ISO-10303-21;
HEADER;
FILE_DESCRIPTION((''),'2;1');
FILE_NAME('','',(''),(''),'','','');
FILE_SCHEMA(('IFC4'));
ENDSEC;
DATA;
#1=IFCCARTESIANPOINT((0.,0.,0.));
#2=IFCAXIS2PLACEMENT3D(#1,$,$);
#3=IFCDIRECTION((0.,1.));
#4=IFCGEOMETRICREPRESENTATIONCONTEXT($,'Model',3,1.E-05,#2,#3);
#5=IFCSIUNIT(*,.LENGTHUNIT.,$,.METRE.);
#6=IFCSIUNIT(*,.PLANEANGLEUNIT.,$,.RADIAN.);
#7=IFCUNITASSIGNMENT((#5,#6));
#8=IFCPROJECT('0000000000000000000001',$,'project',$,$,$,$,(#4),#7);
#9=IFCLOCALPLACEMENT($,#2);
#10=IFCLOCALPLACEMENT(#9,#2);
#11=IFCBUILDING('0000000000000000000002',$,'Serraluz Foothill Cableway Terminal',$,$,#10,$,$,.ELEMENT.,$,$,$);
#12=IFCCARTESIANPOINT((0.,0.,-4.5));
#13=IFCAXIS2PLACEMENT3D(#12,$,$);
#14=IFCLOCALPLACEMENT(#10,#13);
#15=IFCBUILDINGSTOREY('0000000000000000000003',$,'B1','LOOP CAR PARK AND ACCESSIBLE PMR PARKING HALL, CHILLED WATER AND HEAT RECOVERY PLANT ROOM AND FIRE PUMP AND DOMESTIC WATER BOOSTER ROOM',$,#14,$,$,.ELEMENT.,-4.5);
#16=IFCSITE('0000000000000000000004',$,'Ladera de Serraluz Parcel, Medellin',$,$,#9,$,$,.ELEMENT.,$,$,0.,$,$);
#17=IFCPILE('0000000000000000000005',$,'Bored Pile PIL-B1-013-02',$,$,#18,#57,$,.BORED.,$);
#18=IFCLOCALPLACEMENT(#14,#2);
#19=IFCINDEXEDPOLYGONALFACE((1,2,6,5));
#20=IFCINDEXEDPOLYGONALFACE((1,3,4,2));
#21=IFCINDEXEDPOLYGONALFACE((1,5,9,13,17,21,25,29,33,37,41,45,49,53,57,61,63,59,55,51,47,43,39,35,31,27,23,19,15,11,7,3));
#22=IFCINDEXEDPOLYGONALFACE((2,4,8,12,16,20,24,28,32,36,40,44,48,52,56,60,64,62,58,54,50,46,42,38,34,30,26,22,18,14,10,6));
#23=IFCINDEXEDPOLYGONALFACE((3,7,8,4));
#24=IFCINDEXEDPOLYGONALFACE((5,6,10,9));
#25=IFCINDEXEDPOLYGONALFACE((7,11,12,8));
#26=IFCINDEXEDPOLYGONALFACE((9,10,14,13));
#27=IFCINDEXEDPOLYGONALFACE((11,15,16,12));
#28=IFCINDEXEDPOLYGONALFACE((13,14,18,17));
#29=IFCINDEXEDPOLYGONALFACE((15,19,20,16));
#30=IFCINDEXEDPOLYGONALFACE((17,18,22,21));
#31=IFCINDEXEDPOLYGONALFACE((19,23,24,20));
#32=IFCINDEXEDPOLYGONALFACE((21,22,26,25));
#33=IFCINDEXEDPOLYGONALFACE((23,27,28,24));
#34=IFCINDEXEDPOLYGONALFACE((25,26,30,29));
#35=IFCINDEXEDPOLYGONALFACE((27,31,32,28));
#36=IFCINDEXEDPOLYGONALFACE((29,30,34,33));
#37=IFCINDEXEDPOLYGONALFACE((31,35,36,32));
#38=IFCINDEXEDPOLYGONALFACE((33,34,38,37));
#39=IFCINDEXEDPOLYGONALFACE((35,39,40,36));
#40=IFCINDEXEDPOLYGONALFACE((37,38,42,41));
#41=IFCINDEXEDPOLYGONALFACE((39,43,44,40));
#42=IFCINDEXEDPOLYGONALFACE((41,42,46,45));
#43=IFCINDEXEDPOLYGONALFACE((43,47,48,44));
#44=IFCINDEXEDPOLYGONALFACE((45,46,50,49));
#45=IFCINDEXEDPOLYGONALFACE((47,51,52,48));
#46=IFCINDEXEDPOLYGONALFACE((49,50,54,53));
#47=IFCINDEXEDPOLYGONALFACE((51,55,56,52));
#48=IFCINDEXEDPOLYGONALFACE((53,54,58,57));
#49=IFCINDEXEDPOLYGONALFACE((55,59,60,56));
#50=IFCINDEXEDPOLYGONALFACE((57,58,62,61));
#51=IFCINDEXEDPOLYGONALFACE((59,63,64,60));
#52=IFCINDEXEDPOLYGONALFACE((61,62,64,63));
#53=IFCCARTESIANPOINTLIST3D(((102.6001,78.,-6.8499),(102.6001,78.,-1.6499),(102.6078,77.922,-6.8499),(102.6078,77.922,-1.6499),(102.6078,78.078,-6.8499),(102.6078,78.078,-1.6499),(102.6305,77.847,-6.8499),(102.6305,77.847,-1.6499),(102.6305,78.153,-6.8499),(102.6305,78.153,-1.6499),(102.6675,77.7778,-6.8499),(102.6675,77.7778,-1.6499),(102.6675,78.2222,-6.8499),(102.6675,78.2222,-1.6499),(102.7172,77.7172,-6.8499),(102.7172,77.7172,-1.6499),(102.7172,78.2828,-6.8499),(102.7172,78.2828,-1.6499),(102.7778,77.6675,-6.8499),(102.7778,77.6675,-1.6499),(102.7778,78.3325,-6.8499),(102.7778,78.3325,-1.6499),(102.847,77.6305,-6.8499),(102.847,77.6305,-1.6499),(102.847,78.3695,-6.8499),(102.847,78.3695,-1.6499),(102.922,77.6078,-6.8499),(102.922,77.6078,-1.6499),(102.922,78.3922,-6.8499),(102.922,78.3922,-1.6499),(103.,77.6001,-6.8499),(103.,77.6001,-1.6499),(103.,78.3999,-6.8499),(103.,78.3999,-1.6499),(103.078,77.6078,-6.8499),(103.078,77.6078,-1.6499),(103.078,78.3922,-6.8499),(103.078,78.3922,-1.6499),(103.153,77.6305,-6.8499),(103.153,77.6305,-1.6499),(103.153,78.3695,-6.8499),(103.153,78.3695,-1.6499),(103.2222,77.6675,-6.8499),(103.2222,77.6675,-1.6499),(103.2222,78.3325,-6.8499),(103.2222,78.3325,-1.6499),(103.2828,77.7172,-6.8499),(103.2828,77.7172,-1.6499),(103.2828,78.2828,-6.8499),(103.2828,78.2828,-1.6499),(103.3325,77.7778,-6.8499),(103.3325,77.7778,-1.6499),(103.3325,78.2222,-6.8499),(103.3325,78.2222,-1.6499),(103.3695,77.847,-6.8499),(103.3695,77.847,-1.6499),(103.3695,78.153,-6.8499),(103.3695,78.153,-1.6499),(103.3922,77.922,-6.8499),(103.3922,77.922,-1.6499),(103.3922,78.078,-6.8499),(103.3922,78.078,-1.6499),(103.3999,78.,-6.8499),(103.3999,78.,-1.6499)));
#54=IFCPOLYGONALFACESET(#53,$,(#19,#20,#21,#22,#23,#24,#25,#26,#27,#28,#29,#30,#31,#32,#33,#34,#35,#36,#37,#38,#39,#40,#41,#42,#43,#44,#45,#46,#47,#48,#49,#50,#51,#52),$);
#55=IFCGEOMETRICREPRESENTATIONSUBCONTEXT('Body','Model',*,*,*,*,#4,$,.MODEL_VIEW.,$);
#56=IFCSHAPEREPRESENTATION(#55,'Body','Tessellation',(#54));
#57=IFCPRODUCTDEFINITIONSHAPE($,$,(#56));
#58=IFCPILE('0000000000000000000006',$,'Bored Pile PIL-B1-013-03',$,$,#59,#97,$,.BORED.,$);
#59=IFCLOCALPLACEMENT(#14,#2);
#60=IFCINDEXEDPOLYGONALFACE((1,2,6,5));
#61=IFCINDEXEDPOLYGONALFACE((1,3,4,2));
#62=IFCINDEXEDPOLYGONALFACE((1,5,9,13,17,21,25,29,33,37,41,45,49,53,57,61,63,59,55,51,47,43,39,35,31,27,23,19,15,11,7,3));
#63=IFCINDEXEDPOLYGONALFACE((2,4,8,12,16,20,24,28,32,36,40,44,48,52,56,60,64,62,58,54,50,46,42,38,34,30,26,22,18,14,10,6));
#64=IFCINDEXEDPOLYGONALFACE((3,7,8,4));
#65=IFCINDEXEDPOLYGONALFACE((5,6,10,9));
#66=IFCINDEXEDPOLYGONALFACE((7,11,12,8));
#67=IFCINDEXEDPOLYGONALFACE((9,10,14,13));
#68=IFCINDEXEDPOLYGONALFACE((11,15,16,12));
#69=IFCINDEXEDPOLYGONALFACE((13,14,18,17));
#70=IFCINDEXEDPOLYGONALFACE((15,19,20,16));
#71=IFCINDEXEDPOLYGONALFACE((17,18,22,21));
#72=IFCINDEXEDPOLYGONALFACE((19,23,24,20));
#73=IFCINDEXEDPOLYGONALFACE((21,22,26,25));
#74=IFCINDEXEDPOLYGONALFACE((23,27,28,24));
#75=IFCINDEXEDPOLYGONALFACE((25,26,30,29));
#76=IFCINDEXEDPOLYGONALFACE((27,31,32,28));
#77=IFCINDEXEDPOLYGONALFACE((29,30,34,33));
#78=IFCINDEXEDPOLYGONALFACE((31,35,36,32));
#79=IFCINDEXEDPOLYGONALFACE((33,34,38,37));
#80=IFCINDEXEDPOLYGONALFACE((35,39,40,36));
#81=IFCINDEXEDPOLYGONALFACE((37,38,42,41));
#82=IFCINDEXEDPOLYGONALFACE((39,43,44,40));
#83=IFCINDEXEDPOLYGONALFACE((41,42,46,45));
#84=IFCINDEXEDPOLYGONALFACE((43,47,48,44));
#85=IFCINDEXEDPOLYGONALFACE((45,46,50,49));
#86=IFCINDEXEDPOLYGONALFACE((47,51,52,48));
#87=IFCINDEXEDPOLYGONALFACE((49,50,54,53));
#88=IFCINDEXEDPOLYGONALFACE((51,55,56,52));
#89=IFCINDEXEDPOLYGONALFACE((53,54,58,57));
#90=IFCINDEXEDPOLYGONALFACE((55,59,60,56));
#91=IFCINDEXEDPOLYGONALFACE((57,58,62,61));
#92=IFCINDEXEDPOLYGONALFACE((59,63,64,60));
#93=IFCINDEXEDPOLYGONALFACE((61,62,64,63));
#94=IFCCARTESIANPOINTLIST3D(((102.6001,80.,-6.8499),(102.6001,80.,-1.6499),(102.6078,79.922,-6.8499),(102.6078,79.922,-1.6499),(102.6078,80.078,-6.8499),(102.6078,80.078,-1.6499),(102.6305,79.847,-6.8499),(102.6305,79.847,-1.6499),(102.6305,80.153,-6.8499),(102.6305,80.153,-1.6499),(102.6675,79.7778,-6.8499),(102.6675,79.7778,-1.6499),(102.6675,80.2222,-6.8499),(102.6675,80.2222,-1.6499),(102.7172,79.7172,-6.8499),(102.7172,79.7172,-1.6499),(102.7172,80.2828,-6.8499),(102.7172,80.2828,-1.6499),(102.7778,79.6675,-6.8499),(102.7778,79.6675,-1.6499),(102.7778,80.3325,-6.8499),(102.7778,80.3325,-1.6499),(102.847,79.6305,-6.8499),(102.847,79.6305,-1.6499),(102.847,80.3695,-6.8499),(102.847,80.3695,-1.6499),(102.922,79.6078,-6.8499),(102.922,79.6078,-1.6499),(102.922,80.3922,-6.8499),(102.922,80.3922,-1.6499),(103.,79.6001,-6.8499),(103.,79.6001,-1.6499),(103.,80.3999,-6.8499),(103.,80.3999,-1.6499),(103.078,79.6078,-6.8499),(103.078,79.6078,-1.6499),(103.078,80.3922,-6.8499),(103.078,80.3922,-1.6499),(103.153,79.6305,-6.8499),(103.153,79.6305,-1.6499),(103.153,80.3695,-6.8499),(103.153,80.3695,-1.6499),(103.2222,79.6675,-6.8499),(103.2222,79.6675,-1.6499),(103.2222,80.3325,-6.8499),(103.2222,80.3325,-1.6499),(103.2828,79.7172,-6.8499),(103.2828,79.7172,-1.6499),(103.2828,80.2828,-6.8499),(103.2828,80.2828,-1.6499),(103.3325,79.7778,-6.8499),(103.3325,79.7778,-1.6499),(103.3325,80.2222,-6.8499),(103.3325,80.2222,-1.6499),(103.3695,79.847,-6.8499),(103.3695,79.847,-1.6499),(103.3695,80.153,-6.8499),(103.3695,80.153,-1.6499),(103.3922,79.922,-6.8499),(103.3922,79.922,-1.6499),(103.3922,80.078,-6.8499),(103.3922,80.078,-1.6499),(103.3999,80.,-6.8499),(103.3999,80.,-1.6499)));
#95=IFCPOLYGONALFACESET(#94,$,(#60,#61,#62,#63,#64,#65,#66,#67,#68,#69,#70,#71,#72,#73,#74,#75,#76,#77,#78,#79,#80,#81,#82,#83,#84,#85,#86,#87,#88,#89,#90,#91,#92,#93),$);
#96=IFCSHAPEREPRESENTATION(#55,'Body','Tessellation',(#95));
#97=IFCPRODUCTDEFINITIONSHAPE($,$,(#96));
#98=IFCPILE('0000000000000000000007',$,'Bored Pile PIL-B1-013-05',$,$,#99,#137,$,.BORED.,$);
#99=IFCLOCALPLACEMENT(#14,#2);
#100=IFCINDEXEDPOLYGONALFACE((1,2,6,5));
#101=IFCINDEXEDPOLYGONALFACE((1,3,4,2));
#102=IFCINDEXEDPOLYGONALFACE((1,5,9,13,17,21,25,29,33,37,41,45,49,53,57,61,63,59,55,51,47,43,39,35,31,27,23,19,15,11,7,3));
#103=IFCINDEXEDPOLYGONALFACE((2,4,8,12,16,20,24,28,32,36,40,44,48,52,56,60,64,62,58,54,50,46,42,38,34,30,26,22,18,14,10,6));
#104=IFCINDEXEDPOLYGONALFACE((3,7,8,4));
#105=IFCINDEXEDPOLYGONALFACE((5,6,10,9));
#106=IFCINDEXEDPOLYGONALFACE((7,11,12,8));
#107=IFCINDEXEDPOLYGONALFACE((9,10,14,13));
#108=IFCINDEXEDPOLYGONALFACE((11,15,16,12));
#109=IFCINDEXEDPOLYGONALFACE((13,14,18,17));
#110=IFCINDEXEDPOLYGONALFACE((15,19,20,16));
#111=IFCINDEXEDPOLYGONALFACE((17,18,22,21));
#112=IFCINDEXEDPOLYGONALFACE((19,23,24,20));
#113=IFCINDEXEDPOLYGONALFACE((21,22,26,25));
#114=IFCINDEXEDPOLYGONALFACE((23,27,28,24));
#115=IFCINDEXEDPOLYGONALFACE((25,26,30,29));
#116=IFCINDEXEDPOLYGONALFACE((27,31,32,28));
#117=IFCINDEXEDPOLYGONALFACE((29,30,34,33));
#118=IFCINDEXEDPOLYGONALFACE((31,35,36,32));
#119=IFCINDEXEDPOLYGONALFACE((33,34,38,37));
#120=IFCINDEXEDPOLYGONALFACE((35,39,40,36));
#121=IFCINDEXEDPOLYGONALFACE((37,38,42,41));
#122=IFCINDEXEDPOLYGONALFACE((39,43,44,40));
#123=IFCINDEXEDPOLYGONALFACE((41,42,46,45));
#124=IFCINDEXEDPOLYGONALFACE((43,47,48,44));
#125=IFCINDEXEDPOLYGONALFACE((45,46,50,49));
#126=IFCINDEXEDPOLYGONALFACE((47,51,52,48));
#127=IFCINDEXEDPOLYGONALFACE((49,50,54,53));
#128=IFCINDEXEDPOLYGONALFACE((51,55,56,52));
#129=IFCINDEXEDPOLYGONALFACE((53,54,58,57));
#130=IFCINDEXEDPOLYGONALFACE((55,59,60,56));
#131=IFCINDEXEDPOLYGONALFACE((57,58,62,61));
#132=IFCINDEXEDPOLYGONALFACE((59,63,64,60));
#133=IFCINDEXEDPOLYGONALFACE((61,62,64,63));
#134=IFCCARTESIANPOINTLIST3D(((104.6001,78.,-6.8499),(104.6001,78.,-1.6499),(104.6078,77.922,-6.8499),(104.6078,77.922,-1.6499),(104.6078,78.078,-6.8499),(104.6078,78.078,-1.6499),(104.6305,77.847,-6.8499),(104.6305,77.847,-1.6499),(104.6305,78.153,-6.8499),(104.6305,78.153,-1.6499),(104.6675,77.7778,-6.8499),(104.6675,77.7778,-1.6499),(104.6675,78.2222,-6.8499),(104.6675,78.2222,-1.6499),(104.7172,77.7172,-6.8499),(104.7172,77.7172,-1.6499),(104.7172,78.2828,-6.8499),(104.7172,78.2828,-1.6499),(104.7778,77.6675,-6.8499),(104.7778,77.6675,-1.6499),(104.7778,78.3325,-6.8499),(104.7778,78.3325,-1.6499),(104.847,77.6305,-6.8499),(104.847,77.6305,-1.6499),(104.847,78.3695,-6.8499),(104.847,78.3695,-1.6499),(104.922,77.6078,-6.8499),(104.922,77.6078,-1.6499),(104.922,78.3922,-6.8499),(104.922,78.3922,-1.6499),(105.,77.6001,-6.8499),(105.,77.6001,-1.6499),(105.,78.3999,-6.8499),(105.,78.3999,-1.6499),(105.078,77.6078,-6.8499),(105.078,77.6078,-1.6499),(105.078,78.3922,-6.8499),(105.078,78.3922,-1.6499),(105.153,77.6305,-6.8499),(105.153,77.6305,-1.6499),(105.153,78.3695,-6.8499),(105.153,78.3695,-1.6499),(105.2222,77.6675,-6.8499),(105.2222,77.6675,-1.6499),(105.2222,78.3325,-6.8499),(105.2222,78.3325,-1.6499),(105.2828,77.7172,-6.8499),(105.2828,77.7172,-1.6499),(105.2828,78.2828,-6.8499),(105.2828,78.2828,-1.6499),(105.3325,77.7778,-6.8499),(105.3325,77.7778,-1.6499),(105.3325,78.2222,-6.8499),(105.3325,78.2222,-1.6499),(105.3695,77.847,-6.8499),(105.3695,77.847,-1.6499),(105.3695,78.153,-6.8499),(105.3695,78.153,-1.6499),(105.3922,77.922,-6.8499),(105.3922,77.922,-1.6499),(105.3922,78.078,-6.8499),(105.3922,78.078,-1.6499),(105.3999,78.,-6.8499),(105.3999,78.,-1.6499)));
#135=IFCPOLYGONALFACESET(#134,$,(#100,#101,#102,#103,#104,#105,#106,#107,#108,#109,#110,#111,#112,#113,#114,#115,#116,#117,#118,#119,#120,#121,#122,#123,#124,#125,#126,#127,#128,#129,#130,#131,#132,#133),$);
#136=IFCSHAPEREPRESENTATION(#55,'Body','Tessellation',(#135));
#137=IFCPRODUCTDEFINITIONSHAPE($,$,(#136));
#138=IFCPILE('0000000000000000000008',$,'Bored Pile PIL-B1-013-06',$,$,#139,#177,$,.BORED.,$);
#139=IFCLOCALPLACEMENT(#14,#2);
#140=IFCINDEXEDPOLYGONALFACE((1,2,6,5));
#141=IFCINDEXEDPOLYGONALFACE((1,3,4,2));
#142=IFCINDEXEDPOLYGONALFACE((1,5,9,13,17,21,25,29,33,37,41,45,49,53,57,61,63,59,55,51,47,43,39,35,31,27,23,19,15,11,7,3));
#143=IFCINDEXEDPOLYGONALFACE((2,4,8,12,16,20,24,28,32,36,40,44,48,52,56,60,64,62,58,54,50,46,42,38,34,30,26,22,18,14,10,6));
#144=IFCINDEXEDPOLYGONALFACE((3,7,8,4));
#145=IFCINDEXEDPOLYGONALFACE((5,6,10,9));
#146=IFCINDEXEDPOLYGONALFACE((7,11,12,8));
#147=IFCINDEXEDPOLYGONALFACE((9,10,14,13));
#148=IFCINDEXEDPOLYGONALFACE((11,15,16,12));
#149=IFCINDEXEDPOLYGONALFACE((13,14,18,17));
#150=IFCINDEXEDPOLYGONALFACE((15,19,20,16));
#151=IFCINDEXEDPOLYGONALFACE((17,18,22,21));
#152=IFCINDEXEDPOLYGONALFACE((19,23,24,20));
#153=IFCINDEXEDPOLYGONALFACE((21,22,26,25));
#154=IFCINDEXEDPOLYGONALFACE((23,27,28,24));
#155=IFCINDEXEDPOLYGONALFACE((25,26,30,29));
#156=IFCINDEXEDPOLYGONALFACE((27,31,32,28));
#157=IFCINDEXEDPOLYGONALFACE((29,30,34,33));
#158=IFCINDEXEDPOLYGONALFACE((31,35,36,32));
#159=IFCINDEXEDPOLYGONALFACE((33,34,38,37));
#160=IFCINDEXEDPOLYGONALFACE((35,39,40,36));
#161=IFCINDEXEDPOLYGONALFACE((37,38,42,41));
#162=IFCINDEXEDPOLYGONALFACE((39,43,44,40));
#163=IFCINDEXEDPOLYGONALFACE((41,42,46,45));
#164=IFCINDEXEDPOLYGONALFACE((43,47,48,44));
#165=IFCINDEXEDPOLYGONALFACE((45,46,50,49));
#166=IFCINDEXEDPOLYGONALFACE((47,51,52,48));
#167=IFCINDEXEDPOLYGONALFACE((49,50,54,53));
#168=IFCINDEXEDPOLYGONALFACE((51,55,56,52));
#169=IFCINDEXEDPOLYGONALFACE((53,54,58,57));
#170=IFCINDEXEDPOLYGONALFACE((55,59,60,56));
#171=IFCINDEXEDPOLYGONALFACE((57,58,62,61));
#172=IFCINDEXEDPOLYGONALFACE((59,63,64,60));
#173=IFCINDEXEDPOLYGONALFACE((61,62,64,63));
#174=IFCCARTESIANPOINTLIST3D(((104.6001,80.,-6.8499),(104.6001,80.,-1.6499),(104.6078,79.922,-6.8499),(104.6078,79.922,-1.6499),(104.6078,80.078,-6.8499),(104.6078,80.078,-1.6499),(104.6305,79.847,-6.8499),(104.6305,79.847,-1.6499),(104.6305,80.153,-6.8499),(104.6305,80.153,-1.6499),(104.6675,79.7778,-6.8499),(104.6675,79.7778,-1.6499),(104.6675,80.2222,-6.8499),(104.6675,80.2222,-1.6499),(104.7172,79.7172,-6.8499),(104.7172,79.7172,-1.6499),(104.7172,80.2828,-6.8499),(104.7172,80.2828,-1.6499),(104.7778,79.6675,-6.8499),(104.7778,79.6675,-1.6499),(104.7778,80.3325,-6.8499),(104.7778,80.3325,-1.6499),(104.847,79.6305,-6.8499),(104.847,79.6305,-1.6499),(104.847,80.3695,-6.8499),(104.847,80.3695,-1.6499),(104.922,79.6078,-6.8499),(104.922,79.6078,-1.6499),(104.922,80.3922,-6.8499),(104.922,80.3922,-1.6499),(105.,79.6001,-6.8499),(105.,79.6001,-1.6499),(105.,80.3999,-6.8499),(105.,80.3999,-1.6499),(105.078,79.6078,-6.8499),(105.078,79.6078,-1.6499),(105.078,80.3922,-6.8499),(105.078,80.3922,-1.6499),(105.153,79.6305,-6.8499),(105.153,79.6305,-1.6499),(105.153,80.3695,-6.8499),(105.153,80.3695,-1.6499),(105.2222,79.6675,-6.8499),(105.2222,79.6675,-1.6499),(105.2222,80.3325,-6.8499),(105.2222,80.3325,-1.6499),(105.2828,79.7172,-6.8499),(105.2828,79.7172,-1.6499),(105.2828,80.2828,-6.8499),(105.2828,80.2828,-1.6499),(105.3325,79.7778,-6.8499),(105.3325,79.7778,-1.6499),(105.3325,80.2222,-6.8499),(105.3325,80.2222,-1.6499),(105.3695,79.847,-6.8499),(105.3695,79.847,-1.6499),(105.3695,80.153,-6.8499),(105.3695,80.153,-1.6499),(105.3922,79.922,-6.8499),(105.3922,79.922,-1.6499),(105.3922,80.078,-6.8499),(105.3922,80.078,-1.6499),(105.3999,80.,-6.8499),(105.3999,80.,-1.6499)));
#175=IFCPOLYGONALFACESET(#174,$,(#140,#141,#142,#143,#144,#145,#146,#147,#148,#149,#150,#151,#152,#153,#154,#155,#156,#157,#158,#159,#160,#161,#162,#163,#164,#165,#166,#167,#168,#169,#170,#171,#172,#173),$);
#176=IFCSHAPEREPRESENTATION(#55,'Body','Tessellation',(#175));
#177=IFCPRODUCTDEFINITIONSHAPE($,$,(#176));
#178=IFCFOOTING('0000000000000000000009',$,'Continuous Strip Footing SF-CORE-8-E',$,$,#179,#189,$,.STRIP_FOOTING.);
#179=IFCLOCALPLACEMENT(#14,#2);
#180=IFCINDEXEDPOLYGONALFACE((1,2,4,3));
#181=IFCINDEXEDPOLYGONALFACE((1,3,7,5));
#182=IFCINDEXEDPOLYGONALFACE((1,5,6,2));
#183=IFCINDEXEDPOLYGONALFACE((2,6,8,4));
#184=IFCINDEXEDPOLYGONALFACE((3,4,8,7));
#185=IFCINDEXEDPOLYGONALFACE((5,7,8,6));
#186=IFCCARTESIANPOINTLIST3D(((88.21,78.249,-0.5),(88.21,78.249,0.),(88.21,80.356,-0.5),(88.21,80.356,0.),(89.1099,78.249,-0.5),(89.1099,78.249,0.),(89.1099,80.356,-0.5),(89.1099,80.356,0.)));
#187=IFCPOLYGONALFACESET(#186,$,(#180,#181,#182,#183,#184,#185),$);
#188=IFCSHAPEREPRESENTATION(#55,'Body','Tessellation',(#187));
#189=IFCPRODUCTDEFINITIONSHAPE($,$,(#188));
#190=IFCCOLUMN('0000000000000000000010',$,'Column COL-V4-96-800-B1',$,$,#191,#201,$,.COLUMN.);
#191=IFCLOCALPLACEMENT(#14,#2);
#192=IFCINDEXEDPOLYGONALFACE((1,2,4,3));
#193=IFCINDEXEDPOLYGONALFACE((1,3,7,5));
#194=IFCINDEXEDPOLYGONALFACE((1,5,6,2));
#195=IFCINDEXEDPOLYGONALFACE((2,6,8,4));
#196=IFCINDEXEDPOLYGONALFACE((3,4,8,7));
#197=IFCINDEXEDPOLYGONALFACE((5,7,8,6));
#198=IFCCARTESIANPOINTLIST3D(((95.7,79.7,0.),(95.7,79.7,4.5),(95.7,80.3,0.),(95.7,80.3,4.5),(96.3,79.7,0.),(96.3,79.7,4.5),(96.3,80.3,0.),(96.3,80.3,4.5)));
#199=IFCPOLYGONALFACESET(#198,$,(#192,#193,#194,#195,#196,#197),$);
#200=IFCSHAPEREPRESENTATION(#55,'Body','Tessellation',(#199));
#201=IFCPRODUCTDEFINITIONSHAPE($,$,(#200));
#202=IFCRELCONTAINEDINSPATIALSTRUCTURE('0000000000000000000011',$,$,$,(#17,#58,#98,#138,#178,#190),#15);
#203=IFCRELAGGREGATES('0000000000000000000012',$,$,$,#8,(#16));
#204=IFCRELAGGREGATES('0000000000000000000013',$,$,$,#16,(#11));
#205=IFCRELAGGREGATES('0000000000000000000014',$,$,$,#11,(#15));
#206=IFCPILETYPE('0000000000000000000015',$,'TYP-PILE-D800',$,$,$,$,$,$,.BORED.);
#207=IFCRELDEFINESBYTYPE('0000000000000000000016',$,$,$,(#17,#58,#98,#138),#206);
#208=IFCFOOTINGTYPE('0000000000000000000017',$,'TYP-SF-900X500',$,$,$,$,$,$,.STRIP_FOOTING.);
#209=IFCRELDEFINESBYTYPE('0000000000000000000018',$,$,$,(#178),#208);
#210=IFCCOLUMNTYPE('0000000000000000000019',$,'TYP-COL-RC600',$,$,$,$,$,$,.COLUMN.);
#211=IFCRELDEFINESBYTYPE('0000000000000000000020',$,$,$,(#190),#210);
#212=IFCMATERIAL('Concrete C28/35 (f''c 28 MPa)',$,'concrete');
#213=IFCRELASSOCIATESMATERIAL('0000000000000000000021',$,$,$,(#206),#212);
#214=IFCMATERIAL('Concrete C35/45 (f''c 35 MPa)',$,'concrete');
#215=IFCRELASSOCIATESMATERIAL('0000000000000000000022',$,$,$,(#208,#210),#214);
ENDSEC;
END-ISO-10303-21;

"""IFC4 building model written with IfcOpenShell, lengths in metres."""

from ifc_helpers import new_model, si_unit, direction, frame, origin, origin_2d, place, context, subcontext, project, spatial, rectangle, circle, extrude, material, material_profile, profile_set, type_object, element, save


model = new_model("IFC4")

# Units and contexts
model_context = context("Model", 3, precision=1e-05, world=origin(), true_north=direction((0.0, 1.0)))
body_context = subcontext(model_context, "Body", "Model", "MODEL_VIEW")
ifc_project = project(units=[si_unit("LENGTHUNIT", "METRE"), si_unit("PLANEANGLEUNIT", "RADIAN")], contexts=[model_context])

# Site, building, storey
site_placement = place(None, origin())
site = spatial("IfcSite", under=ifc_project, at=site_placement, Name="Ladera de Serraluz Parcel, Medellin", CompositionType="ELEMENT", RefElevation=0.0)
building_placement = place(site_placement, origin())
building = spatial("IfcBuilding", under=site, at=building_placement, Name="Serraluz Foothill Cableway Terminal", CompositionType="ELEMENT")
storey_placement = place(building_placement, frame((0.0, 0.0, -4.5)))
storey = spatial("IfcBuildingStorey", under=building, at=storey_placement, Name="B1", Description="LOOP CAR PARK AND ACCESSIBLE PMR PARKING HALL, CHILLED WATER AND HEAT RECOVERY PLANT ROOM AND FIRE PUMP AND DOMESTIC WATER BOOSTER ROOM", CompositionType="ELEMENT", Elevation=-4.5)

# Shared definitions
ifc_material_1 = material(Name="Concrete C35/45 (f'c 35 MPa)", Category="concrete")

# Piles
ifc_material_2 = material(Name="Concrete C28/35 (f'c 28 MPa)", Category="concrete")
ifc_material_profile_1 = material_profile(ifc_material_2, circle(Radius=0.3999, at=origin_2d()), Name="BORED PILE D800")
ifc_profile_set_1 = profile_set([ifc_material_profile_1], Name="Concrete C28/35 (f'c 28 MPa)")
pile_type = type_object("IfcPileType", Name="TYP-PILE-D800", PredefinedType="BORED", material=ifc_profile_set_1)
for number, where, z_axis, x_axis, name in (
    (1, (103.0, 78.0, -1.6499), (0.0, 0.0, -1.0), (1.0, 0.0, 0.0), "Bored Pile PIL-B1-013-02"),
    (2, (103.0, 80.0, -1.6499), (0.0, 0.0, -1.0), (1.0, 0.0, 0.0), "Bored Pile PIL-B1-013-03"),
    (3, (105.0, 78.0, -1.6499), (0.0, 0.0, -1.0), (1.0, 0.0, 0.0), "Bored Pile PIL-B1-013-05"),
    (4, (105.0, 80.0, -1.6499), (0.0, 0.0, -1.0), (1.0, 0.0, 0.0), "Bored Pile PIL-B1-013-06"),
):
    element("IfcPile", number, at=place(storey_placement, frame(where, z_axis=z_axis, x_axis=x_axis)), inside=storey, type_object=pile_type, Name=name, PredefinedType="BORED", context=body_context, shape_type="SweptSolid", body=[
        extrude(circle(Radius=0.3999, at=origin_2d()), origin(), (0.0, 0.0, 1.0), 5.2),
    ])

# Footing
ifc_material_profile_2 = material_profile(ifc_material_1, rectangle(XDim=0.8999, YDim=0.5, at=origin_2d()), Name="SF 900x500")
ifc_profile_set_2 = profile_set([ifc_material_profile_2], Name="Concrete C35/45 (f'c 35 MPa)")
footing_type_1 = type_object("IfcFootingType", Name="TYP-SF-900X500", PredefinedType="STRIP_FOOTING", material=ifc_profile_set_2)
footing_1_placement = place(storey_placement, frame((88.6599, 78.249, -0.25), z_axis=(0.0, 1.0, 0.0), x_axis=(-1.0, 0.0, 0.0)))
element("IfcFooting", 5, at=footing_1_placement, inside=storey, type_object=footing_type_1, Name="Continuous Strip Footing SF-CORE-8-E", PredefinedType="STRIP_FOOTING", context=body_context, shape_type="SweptSolid", body=[
    extrude(rectangle(XDim=0.8999, YDim=0.5, at=origin_2d()), origin(), (0.0, 0.0, 1.0), 2.1069),
])

# Column
ifc_material_profile_3 = material_profile(ifc_material_1, rectangle(XDim=0.6001, YDim=0.6001, at=origin_2d()), Name="RC 600x600")
ifc_profile_set_3 = profile_set([ifc_material_profile_3], Name="Concrete C35/45 (f'c 35 MPa)")
column_type = type_object("IfcColumnType", Name="TYP-COL-RC600", PredefinedType="COLUMN", material=ifc_profile_set_3)
for number, where, z_axis, x_axis, name in (
    (6, (96.0, 80.0, 0.0), (0.0, 0.0, 1.0), (1.0, 0.0, 0.0), "Column COL-V4-96-800-B1"),
):
    element("IfcColumn", number, at=place(storey_placement, frame(where, z_axis=z_axis, x_axis=x_axis)), inside=storey, type_object=column_type, Name=name, PredefinedType="COLUMN", context=body_context, shape_type="SweptSolid", body=[
        extrude(rectangle(XDim=0.6001, YDim=0.6001, at=origin_2d()), origin(), (0.0, 0.0, 1.0), 4.5),
    ])

save(model, "model.ifc")
